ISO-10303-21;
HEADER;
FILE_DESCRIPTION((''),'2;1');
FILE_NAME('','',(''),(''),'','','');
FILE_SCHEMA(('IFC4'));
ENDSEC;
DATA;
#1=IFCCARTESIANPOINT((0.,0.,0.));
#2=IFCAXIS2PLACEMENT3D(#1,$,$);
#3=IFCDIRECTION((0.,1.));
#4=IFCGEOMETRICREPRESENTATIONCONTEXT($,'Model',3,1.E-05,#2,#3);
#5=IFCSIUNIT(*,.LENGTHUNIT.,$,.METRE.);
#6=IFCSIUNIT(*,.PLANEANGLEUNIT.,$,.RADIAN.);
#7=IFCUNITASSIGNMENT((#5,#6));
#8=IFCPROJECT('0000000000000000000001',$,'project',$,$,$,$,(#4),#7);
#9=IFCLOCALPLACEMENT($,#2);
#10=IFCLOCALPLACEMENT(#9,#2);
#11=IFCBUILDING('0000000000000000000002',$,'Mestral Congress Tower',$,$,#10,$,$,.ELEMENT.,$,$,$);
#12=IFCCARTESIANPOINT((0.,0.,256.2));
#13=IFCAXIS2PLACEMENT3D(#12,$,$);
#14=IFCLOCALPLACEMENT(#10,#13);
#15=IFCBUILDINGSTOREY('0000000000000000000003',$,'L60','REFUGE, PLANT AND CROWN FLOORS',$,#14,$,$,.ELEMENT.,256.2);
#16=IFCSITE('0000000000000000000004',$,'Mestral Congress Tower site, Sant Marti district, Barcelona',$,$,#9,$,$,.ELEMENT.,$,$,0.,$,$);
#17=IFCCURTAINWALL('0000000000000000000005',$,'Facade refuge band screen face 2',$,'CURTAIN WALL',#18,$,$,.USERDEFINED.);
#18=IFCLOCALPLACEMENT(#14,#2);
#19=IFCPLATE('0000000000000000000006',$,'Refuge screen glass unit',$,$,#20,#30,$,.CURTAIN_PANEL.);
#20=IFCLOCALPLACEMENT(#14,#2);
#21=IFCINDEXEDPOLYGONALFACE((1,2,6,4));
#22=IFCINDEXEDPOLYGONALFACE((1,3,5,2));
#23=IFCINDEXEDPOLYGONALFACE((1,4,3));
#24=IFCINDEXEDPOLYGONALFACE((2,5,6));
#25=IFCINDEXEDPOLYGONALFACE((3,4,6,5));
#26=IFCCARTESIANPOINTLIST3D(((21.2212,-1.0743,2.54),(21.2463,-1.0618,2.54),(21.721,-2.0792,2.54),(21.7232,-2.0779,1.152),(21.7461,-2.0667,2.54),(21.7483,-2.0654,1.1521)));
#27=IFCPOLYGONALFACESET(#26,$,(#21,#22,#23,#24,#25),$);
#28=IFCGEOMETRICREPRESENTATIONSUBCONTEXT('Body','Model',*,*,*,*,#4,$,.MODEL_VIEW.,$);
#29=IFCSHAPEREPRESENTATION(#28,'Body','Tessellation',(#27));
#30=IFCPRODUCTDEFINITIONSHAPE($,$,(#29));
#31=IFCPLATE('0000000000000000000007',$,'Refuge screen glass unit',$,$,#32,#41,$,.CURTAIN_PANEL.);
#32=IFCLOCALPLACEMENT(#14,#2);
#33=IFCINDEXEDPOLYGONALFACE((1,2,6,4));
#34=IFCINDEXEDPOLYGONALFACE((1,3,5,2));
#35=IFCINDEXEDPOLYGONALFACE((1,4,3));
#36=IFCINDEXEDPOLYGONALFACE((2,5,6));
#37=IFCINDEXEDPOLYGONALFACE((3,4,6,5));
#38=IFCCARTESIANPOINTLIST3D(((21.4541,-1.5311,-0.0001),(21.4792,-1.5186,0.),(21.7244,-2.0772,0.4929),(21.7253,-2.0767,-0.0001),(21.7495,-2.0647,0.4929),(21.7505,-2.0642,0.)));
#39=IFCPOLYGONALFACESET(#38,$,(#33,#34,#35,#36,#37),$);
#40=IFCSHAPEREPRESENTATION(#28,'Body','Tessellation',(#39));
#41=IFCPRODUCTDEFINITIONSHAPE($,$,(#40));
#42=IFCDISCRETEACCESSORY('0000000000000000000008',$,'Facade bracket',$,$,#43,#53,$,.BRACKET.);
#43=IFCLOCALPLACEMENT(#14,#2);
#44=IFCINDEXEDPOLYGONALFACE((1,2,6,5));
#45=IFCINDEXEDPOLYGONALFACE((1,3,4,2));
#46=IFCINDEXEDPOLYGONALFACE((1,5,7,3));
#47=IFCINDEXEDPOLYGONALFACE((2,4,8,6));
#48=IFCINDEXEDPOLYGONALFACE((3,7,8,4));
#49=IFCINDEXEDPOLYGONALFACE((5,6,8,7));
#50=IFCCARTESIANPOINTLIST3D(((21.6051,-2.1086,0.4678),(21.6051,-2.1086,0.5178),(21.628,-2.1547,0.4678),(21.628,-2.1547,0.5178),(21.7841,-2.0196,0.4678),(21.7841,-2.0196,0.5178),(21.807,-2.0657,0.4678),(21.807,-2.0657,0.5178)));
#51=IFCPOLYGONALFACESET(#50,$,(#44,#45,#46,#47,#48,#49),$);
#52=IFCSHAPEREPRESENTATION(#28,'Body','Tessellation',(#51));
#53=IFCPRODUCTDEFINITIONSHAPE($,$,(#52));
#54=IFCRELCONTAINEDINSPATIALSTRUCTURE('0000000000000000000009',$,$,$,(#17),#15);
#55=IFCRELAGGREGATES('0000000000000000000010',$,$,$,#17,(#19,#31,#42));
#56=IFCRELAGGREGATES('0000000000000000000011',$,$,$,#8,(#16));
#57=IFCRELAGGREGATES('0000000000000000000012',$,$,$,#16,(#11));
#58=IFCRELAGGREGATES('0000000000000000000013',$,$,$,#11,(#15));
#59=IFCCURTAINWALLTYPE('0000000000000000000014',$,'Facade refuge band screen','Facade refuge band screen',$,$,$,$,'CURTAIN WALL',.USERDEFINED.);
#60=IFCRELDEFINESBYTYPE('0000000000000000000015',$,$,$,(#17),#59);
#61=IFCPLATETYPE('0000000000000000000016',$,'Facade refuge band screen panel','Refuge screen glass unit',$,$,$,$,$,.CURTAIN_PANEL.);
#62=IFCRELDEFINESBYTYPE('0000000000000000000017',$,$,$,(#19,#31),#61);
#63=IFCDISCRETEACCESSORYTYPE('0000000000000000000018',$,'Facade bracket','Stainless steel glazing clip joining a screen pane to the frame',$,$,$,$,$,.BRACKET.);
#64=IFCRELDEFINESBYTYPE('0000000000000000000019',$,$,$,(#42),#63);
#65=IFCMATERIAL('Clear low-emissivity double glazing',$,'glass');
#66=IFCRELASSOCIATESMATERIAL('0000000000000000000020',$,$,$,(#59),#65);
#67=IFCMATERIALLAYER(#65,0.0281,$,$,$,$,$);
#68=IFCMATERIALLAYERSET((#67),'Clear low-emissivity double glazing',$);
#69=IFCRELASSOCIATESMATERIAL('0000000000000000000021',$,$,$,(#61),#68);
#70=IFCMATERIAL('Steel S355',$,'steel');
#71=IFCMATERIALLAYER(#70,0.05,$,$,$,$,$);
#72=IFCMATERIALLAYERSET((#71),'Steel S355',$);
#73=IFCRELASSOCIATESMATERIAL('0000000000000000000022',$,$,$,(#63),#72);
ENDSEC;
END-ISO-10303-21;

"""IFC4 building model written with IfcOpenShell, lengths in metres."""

from ifc_helpers import new_model, si_unit, direction, frame, origin, origin_2d, place, context, subcontext, project, spatial, polyline, rectangle, outline, extrude, material, layer, layer_set, type_object, element, aggregate, save


model = new_model("IFC4")

# Units and contexts
model_context = context("Model", 3, precision=1e-05, world=origin(), true_north=direction((0.0, 1.0)))
body_context = subcontext(model_context, "Body", "Model", "MODEL_VIEW")
ifc_project = project(units=[si_unit("LENGTHUNIT", "METRE"), si_unit("PLANEANGLEUNIT", "RADIAN")], contexts=[model_context])

# Site, building, storey
site_placement = place(None, origin())
site = spatial("IfcSite", under=ifc_project, at=site_placement, Name="Mestral Congress Tower site, Sant Marti district, Barcelona", CompositionType="ELEMENT", RefElevation=0.0)
building_placement = place(site_placement, origin())
building = spatial("IfcBuilding", under=site, at=building_placement, Name="Mestral Congress Tower", CompositionType="ELEMENT")
storey_placement = place(building_placement, frame((0.0, 0.0, 256.2)))
storey = spatial("IfcBuildingStorey", under=building, at=storey_placement, Name="L60", Description="REFUGE, PLANT AND CROWN FLOORS", CompositionType="ELEMENT", Elevation=256.2)

# Shared definitions
ifc_material_1 = material(Name="Steel S355", Category="steel")

# Curtain wall
ifc_material_2 = material(Name="Clear low-emissivity double glazing", Category="glass")
curtain_wall_type = type_object("IfcCurtainWallType", Name="Facade refuge band screen", Description="Facade refuge band screen", ElementType="CURTAIN WALL", PredefinedType="USERDEFINED", material=ifc_material_2)
curtain_wall_placement = place(storey_placement, origin())
curtain_wall = element("IfcCurtainWall", 1, at=curtain_wall_placement, inside=storey, type_object=curtain_wall_type, Name="Facade refuge band screen face 2", ObjectType="CURTAIN WALL", PredefinedType="USERDEFINED")

# Plates
ifc_layer_1 = layer(ifc_material_2, 0.0281)
ifc_layer_set_1 = layer_set([ifc_layer_1], Name="Clear low-emissivity double glazing")
plate_type_1 = type_object("IfcPlateType", Name="Facade refuge band screen panel", Description="Refuge screen glass unit", PredefinedType="CURTAIN_PANEL", material=ifc_layer_set_1)
plate_1_placement = place(storey_placement, frame((21.7461, -2.0667, 2.54), z_axis=(0.895381, 0.445298, 0.001809), x_axis=(-0.445298, 0.895382, 0.0)))
plate_1 = element("IfcPlate", 2, at=plate_1_placement, type_object=plate_type_1, Name="Refuge screen glass unit", PredefinedType="CURTAIN_PANEL", context=body_context, shape_type="SweptSolid", body=[
    extrude(outline(polyline([(0.0, 0.0), (1.1223, 0.0), (0.0001, -1.3879), (0.0, 0.0)])), origin(), (0.0, 0.0, -1.0), 0.0281),
])
plate_2_placement = place(storey_placement, frame((21.7505, -2.0642, 0.0), z_axis=(0.895464, 0.445128, 0.002215), x_axis=(-0.001981, -0.000991, 0.999998)))
plate_2 = element("IfcPlate", 3, at=plate_2_placement, type_object=plate_type_1, Name="Refuge screen glass unit", PredefinedType="CURTAIN_PANEL", context=body_context, shape_type="SweptSolid", body=[
    extrude(outline(polyline([(0.0, 0.0), (0.4929, 0.0), (0.0, -0.6094), (0.0, 0.0)])), origin(), (0.0, 0.0, -1.0), 0.0281),
])

# Discrete accessory
ifc_layer_2 = layer(ifc_material_1, 0.05)
ifc_layer_set_2 = layer_set([ifc_layer_2], Name="Steel S355")
discrete_accessory_type = type_object("IfcDiscreteAccessoryType", Name="Facade bracket", Description="Stainless steel glazing clip joining a screen pane to the frame", PredefinedType="BRACKET", material=ifc_layer_set_2)
discrete_accessory_placement = place(storey_placement, frame((21.7061, -2.0872, 0.4678), z_axis=(0.0, 0.0, 1.0), x_axis=(-0.445112, 0.895475, 0.0)))
discrete_accessory = element("IfcDiscreteAccessory", 4, at=discrete_accessory_placement, type_object=discrete_accessory_type, Name="Facade bracket", PredefinedType="BRACKET", context=body_context, shape_type="SweptSolid", body=[
    extrude(rectangle(XDim=0.0515, YDim=0.2, at=origin_2d()), origin(), (0.0, 0.0, 1.0), 0.05),
])
aggregate(curtain_wall, [plate_1, plate_2, discrete_accessory])

save(model, "model.ifc")
